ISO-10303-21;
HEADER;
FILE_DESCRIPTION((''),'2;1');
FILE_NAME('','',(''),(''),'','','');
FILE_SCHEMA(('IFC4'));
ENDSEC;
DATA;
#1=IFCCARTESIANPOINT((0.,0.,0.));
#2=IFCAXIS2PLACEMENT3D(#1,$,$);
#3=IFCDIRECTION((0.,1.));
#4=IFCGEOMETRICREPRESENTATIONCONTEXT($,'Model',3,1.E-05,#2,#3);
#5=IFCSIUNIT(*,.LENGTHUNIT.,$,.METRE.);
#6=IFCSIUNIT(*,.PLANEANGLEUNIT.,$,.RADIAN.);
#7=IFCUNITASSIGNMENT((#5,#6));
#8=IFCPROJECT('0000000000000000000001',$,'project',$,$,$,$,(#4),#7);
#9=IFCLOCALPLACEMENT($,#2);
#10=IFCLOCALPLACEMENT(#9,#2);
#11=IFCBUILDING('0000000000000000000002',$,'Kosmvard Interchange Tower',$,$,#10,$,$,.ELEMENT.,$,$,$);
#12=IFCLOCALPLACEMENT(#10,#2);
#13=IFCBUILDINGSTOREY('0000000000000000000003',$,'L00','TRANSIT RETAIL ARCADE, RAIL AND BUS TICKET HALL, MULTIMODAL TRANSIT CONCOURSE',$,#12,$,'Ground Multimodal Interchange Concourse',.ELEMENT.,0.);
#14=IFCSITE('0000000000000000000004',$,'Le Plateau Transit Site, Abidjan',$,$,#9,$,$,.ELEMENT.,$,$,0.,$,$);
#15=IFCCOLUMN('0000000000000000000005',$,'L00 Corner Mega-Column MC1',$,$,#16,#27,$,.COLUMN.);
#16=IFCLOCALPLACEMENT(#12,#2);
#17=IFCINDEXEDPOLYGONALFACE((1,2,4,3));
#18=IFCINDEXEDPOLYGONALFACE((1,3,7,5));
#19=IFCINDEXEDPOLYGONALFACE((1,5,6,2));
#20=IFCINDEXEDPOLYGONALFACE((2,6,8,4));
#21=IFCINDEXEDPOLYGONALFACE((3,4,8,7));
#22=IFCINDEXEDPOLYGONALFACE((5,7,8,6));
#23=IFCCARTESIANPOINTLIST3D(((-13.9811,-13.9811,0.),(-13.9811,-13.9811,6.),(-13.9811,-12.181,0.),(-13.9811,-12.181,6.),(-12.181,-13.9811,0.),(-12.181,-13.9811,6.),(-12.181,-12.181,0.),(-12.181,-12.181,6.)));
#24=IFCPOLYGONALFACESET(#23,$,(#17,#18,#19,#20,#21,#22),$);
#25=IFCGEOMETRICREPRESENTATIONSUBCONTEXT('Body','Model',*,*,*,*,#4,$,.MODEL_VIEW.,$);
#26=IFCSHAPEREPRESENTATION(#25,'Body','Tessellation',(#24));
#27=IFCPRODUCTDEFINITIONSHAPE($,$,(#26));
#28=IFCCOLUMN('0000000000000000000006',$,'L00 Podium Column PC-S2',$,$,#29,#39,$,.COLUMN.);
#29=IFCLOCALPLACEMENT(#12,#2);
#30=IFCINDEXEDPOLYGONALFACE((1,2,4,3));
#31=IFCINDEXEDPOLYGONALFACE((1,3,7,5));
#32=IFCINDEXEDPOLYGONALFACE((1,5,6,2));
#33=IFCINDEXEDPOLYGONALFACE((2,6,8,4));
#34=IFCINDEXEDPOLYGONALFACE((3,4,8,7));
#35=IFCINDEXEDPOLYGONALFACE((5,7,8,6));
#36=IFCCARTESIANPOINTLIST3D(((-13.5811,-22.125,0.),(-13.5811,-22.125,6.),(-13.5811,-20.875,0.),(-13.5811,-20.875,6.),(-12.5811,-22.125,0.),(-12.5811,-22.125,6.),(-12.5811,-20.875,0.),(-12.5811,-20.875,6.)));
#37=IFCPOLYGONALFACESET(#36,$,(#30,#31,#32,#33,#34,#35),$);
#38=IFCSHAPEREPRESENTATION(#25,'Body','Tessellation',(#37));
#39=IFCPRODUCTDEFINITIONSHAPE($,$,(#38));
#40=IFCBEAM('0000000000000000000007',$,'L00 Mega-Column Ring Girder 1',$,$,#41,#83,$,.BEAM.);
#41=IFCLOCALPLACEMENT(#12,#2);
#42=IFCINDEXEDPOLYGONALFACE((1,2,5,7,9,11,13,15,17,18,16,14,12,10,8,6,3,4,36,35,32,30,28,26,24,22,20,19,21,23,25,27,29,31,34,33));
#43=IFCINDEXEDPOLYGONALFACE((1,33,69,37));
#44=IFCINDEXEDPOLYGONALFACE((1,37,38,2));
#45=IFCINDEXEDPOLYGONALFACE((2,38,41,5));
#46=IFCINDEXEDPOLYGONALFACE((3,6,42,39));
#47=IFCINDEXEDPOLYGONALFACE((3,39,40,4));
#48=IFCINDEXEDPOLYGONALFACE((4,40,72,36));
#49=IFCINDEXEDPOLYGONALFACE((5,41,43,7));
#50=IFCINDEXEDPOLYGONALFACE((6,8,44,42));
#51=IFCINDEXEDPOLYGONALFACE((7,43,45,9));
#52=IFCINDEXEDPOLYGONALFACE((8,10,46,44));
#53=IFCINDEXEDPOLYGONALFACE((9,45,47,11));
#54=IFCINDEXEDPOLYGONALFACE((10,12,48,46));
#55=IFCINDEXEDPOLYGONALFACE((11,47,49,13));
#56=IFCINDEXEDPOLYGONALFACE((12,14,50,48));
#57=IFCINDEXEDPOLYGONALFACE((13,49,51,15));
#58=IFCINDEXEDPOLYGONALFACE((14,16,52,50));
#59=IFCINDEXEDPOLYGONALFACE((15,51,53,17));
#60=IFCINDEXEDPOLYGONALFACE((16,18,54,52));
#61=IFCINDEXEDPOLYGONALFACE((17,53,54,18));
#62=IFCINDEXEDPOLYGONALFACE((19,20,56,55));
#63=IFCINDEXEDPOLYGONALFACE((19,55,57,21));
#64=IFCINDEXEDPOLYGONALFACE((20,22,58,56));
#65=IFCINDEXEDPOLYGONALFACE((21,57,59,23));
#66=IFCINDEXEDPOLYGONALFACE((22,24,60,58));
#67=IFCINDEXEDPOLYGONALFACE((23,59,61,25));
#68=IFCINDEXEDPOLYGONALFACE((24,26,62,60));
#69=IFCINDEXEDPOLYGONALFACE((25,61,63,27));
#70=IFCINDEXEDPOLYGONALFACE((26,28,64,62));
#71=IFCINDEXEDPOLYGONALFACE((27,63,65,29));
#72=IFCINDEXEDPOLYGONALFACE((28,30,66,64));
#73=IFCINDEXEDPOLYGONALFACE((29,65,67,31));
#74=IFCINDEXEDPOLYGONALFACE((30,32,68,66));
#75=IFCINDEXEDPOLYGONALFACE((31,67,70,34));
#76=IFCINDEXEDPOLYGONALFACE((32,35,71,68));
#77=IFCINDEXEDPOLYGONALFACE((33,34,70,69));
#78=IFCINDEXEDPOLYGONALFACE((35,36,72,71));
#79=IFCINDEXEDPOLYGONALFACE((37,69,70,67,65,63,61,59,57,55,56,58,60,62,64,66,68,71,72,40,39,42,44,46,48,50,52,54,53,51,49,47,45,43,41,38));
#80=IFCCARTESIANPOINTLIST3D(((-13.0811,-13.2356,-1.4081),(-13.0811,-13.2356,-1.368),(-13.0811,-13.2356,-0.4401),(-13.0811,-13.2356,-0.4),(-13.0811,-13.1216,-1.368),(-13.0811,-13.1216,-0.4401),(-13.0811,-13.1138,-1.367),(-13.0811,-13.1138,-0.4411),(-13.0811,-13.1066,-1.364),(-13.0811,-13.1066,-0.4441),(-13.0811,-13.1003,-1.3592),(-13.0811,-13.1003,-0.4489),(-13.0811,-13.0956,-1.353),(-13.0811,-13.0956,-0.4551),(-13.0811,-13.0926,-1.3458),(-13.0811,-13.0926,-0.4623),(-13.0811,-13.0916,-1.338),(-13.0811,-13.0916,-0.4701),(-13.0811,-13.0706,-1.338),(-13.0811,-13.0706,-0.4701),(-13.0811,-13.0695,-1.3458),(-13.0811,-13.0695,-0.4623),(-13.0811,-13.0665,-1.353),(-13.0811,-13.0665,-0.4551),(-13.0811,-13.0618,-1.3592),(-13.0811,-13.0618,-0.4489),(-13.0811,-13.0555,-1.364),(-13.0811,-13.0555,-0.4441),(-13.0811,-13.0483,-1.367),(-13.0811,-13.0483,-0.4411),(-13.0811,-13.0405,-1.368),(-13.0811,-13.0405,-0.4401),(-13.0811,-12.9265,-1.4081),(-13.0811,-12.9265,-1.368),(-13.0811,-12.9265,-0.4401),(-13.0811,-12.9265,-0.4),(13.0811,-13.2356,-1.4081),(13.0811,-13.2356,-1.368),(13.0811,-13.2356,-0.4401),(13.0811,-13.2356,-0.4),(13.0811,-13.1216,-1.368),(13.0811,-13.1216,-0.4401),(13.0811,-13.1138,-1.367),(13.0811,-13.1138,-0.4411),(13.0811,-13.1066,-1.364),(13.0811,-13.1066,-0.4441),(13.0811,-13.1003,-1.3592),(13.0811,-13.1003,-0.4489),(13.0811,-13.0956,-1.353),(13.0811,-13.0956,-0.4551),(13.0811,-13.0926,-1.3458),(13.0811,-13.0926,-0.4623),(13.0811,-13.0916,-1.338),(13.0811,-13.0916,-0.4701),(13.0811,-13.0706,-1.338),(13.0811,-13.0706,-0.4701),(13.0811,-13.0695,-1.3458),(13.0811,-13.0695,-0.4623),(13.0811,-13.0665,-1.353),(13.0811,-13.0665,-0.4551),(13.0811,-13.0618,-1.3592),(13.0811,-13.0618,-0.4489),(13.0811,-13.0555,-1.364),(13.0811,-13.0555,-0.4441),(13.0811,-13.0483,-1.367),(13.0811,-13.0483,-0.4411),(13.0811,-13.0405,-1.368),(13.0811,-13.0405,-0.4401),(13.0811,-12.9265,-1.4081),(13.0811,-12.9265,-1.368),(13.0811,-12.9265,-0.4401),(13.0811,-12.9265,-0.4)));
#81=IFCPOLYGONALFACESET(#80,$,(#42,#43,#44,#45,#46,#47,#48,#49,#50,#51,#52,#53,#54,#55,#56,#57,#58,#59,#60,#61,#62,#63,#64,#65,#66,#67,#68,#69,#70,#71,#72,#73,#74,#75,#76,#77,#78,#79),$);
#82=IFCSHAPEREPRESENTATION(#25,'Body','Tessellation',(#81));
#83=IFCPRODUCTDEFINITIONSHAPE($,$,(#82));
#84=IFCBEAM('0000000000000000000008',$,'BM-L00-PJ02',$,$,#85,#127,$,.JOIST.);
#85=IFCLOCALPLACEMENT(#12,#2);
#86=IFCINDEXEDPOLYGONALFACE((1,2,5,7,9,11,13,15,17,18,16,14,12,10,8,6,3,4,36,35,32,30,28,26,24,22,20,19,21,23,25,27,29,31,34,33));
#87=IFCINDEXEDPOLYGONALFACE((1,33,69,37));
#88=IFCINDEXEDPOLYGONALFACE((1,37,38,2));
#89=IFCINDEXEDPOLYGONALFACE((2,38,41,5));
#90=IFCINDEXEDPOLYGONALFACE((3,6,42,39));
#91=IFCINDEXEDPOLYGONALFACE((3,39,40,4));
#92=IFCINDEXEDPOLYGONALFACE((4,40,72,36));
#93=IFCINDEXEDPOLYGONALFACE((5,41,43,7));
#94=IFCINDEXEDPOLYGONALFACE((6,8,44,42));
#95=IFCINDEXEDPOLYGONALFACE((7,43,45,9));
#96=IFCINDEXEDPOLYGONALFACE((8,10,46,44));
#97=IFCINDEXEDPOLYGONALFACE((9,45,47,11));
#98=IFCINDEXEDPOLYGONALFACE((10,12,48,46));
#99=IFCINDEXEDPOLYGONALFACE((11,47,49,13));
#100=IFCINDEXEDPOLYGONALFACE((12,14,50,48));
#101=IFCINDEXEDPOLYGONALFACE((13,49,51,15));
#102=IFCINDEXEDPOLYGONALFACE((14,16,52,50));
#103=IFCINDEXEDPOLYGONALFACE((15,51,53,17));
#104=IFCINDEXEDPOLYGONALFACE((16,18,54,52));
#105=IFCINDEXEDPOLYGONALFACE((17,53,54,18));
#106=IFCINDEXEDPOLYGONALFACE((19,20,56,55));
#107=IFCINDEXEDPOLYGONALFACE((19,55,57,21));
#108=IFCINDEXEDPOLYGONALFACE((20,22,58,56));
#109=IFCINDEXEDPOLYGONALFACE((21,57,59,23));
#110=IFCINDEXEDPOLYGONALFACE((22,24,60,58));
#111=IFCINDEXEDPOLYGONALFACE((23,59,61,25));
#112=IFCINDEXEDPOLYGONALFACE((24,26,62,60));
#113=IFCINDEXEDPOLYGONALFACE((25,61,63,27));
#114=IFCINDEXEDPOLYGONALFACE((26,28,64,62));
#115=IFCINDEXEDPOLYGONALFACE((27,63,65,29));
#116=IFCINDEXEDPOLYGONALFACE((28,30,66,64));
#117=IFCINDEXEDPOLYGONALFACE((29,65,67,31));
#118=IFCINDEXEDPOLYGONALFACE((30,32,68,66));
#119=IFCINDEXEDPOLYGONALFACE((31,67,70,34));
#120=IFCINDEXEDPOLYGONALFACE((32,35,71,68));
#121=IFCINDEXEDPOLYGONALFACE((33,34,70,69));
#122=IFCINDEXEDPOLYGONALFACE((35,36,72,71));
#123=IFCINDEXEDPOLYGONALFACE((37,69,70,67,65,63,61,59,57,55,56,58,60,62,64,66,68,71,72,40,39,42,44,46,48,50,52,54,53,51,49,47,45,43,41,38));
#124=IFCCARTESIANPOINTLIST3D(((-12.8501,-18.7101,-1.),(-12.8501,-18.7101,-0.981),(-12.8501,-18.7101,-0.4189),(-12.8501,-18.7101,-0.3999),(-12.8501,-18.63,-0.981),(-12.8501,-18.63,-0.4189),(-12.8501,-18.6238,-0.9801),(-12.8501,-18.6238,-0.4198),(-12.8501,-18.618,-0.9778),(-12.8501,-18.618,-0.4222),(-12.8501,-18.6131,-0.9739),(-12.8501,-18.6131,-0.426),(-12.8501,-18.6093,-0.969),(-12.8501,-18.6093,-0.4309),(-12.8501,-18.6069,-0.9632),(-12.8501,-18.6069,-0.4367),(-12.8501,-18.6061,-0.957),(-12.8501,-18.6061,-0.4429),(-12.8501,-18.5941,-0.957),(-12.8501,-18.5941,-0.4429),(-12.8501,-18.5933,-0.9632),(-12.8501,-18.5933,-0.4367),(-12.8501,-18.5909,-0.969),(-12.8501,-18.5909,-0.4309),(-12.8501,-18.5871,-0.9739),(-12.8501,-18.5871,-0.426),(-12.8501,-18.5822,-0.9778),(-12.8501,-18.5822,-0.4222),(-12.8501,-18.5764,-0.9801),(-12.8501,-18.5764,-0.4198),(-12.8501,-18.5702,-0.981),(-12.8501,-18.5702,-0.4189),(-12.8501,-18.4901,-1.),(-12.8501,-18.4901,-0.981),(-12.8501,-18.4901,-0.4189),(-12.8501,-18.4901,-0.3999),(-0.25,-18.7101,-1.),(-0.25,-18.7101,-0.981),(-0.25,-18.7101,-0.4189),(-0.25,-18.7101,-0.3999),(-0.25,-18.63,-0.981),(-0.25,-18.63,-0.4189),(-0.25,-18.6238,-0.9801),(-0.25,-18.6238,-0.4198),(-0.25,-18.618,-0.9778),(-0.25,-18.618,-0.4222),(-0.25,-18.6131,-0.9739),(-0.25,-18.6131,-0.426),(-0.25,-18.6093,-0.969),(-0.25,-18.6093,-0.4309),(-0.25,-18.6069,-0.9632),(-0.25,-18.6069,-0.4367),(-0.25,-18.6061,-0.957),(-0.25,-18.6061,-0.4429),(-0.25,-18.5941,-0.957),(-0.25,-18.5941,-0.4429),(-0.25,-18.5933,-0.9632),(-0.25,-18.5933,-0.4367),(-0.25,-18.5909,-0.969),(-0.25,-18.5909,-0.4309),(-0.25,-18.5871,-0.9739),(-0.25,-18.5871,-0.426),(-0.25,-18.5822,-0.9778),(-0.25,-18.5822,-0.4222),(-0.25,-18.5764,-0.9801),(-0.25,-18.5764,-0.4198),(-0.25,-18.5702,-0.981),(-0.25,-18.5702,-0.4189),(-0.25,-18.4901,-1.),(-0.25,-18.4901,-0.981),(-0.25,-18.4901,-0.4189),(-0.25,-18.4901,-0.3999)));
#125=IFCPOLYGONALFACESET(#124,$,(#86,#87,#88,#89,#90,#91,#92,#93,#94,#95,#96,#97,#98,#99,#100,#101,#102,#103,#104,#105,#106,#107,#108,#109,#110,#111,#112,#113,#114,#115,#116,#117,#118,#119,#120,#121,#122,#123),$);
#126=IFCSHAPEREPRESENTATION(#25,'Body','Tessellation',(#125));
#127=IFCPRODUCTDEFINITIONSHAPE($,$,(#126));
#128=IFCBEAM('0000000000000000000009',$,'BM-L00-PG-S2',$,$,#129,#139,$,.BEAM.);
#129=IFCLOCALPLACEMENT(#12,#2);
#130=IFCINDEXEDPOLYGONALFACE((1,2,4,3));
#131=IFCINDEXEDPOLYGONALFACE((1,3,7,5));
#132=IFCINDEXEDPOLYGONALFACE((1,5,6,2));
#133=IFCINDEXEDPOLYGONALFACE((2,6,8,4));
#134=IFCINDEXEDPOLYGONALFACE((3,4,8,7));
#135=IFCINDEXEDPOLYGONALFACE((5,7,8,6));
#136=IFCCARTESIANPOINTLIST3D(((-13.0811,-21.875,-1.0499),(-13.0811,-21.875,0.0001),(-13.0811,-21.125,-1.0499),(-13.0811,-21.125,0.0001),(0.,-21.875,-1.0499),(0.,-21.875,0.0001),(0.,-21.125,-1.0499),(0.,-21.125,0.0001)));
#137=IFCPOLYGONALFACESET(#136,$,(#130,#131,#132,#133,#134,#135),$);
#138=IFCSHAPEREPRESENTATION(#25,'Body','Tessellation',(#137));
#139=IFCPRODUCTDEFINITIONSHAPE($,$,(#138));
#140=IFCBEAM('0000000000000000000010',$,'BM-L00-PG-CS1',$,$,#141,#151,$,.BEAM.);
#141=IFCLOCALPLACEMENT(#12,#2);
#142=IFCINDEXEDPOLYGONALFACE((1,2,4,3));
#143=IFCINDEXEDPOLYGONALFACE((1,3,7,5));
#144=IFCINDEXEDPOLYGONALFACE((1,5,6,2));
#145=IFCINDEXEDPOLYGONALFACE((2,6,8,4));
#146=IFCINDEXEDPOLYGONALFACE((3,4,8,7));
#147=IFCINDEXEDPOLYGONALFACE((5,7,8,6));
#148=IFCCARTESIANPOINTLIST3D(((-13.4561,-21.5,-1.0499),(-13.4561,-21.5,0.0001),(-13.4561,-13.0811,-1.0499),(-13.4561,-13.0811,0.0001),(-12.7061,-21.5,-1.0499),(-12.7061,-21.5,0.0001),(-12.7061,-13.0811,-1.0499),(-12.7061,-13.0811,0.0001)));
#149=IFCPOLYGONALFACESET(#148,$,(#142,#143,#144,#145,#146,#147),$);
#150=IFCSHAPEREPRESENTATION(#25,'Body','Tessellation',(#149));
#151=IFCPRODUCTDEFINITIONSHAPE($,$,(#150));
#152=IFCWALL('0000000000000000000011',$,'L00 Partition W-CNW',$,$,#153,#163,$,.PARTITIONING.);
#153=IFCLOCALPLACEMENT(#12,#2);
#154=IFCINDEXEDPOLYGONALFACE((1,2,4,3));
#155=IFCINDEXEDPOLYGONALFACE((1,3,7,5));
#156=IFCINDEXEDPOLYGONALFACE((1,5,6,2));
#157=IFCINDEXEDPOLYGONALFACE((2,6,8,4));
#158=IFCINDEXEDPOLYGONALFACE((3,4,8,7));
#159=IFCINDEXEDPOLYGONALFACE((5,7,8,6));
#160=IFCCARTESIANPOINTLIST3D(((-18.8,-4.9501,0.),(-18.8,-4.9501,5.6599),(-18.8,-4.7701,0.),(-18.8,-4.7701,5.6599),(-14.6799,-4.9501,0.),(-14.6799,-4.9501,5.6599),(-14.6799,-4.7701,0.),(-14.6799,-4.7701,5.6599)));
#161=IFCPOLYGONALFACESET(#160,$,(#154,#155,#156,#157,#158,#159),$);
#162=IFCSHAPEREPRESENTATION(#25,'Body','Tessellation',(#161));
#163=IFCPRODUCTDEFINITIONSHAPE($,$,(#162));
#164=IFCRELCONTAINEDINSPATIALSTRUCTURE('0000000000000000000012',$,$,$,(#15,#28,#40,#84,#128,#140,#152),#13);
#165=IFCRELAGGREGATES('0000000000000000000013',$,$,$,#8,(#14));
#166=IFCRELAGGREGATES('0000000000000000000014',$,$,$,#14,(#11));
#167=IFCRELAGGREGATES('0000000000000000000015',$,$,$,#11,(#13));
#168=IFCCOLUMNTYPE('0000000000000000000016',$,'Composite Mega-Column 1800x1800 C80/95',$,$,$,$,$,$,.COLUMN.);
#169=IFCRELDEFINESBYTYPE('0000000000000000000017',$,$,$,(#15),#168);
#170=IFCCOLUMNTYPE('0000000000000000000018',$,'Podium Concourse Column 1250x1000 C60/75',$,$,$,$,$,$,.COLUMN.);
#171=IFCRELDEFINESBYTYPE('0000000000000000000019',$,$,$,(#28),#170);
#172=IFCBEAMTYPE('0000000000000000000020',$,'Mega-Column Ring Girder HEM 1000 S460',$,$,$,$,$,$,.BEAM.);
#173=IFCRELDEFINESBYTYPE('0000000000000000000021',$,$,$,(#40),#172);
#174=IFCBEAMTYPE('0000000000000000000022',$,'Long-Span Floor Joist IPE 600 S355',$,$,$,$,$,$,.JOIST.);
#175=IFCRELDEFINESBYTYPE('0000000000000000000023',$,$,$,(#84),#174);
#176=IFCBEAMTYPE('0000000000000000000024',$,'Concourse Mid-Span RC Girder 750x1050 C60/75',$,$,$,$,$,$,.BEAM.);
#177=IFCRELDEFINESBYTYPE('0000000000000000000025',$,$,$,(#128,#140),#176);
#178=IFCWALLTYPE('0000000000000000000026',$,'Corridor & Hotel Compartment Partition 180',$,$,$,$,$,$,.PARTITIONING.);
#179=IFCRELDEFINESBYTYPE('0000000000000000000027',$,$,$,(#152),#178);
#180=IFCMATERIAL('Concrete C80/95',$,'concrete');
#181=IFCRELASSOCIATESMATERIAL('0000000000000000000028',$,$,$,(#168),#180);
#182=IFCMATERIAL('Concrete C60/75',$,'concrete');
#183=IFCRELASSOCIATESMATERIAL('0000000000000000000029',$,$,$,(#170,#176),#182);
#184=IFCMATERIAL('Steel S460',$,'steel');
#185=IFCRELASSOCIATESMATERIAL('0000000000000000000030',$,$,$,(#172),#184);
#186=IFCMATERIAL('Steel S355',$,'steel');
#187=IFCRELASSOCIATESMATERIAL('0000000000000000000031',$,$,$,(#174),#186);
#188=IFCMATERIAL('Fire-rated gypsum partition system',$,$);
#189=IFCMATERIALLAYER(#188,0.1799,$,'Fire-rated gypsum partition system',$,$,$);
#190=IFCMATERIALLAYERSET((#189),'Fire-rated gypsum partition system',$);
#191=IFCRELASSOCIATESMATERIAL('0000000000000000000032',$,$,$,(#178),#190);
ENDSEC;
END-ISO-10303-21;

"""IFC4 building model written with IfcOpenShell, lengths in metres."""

from ifc_helpers import new_model, si_unit, direction, frame, frame_2d, origin, origin_2d, place, context, subcontext, project, spatial, rectangle, i_section, extrude, source, transform, mapped, material, layer, layer_set, material_profile, profile_set, type_object, element, save


model = new_model("IFC4")

# Units and contexts
model_context = context("Model", 3, precision=1e-05, world=origin(), true_north=direction((0.0, 1.0)))
body_context = subcontext(model_context, "Body", "Model", "MODEL_VIEW")
ifc_project = project(units=[si_unit("LENGTHUNIT", "METRE"), si_unit("PLANEANGLEUNIT", "RADIAN")], contexts=[model_context])

# Site, building, storey
site_placement = place(None, origin())
site = spatial("IfcSite", under=ifc_project, at=site_placement, Name="Le Plateau Transit Site, Abidjan", CompositionType="ELEMENT", RefElevation=0.0)
building_placement = place(site_placement, origin())
building = spatial("IfcBuilding", under=site, at=building_placement, Name="Kosmvard Interchange Tower", CompositionType="ELEMENT")
storey_placement = place(building_placement, origin())
storey = spatial("IfcBuildingStorey", under=building, at=storey_placement, Name="L00", Description="TRANSIT RETAIL ARCADE, RAIL AND BUS TICKET HALL, MULTIMODAL TRANSIT CONCOURSE", LongName="Ground Multimodal Interchange Concourse", CompositionType="ELEMENT", Elevation=0.0)

# Columns
ifc_material_1 = material(Name="Concrete C80/95", Category="concrete")
ifc_material_profile_1 = material_profile(ifc_material_1, rectangle(XDim=1.8, YDim=1.8, at=origin_2d()), Name="MC 1800x1800")
ifc_profile_set_1 = profile_set([ifc_material_profile_1], Name="Concrete C80/95")
column_type_1 = type_object("IfcColumnType", Name="Composite Mega-Column 1800x1800 C80/95", PredefinedType="COLUMN", material=ifc_profile_set_1)
shared_shape_1 = source(origin(), body_context, "Body", "SweptSolid", [
    extrude(rectangle(XDim=1.8, YDim=1.8, at=origin_2d()), origin(), (0.0, 0.0, 1.0), 6.0),
])
column_1_placement = place(storey_placement, frame((-13.0811, -13.0811, 0.0), z_axis=(0.0, 0.0, 1.0), x_axis=(1.0, 0.0, 0.0)))
element("IfcColumn", 1, at=column_1_placement, inside=storey, type_object=column_type_1, Name="L00 Corner Mega-Column MC1", PredefinedType="COLUMN", context=body_context, shape_type="MappedRepresentation", body=[
    mapped(shared_shape_1, transform((0.0, 0.0, 0.0), scale=1.0)),
])
ifc_material_2 = material(Name="Concrete C60/75", Category="concrete")
ifc_material_profile_2 = material_profile(ifc_material_2, rectangle(XDim=1.0, YDim=1.25, at=origin_2d()), Name="PC 1250x1000")
ifc_profile_set_2 = profile_set([ifc_material_profile_2], Name="Concrete C60/75")
column_type_2 = type_object("IfcColumnType", Name="Podium Concourse Column 1250x1000 C60/75", PredefinedType="COLUMN", material=ifc_profile_set_2)
shared_shape_2 = source(origin(), body_context, "Body", "SweptSolid", [
    extrude(rectangle(XDim=1.0, YDim=1.25, at=origin_2d()), origin(), (0.0, 0.0, 1.0), 6.0),
])
column_2_placement = place(storey_placement, frame((-13.0811, -21.5, 0.0), z_axis=(0.0, 0.0, 1.0), x_axis=(1.0, 0.0, 0.0)))
element("IfcColumn", 2, at=column_2_placement, inside=storey, type_object=column_type_2, Name="L00 Podium Column PC-S2", PredefinedType="COLUMN", context=body_context, shape_type="MappedRepresentation", body=[
    mapped(shared_shape_2, transform((0.0, 0.0, 0.0), scale=1.0)),
])

# Beams
ifc_material_3 = material(Name="Steel S460", Category="steel")
ifc_material_profile_3 = material_profile(ifc_material_3, i_section(OverallWidth=0.3091, OverallDepth=1.0081, WebThickness=0.021, FlangeThickness=0.04, FilletRadius=0.03, at=origin_2d()), Name="HEM 1000")
ifc_profile_set_3 = profile_set([ifc_material_profile_3], Name="Steel S460")
beam_type_1 = type_object("IfcBeamType", Name="Mega-Column Ring Girder HEM 1000 S460", PredefinedType="BEAM", material=ifc_profile_set_3)
shared_shape_3 = source(origin(), body_context, "Body", "SweptSolid", [
    extrude(i_section(OverallWidth=0.3091, OverallDepth=1.0081, WebThickness=0.021, FlangeThickness=0.04, FilletRadius=0.03, at=origin_2d()), origin(), (0.0, 0.0, 1.0), 26.1621),
])
beam_1_placement = place(storey_placement, frame((-13.0811, -13.0811, -0.9041), z_axis=(1.0, 0.0, 0.0), x_axis=(0.0, 1.0, 0.0)))
element("IfcBeam", 3, at=beam_1_placement, inside=storey, type_object=beam_type_1, Name="L00 Mega-Column Ring Girder 1", PredefinedType="BEAM", context=body_context, shape_type="MappedRepresentation", body=[
    mapped(shared_shape_3, transform((0.0, 0.0, 0.0), scale=1.0)),
])
ifc_material_4 = material(Name="Steel S355", Category="steel")
ifc_material_profile_4 = material_profile(ifc_material_4, i_section(OverallWidth=0.22, OverallDepth=0.6001, WebThickness=0.012, FlangeThickness=0.019, FilletRadius=0.0239, at=origin_2d()), Name="IPE 600")
ifc_profile_set_4 = profile_set([ifc_material_profile_4], Name="Steel S355")
beam_type_2 = type_object("IfcBeamType", Name="Long-Span Floor Joist IPE 600 S355", PredefinedType="JOIST", material=ifc_profile_set_4)
shared_shape_4 = source(origin(), body_context, "Body", "SweptSolid", [
    extrude(i_section(OverallWidth=0.22, OverallDepth=0.6001, WebThickness=0.012, FlangeThickness=0.019, FilletRadius=0.0239, at=origin_2d()), origin(), (0.0, 0.0, 1.0), 12.6001),
])
beam_2_placement = place(storey_placement, frame((-12.8501, -18.6001, -0.7), z_axis=(1.0, 0.0, 0.0), x_axis=(0.0, 1.0, 0.0)))
element("IfcBeam", 4, at=beam_2_placement, inside=storey, type_object=beam_type_2, Name="BM-L00-PJ02", PredefinedType="JOIST", context=body_context, shape_type="MappedRepresentation", body=[
    mapped(shared_shape_4, transform((0.0, 0.0, 0.0), scale=1.0)),
])
ifc_material_profile_5 = material_profile(ifc_material_2, rectangle(XDim=0.75, YDim=1.05, at=origin_2d()), Name="RCG 750x1050")
ifc_profile_set_5 = profile_set([ifc_material_profile_5], Name="Concrete C60/75")
beam_type_3 = type_object("IfcBeamType", Name="Concourse Mid-Span RC Girder 750x1050 C60/75", PredefinedType="BEAM", material=ifc_profile_set_5)
shared_shape_5 = source(origin(), body_context, "Body", "SweptSolid", [
    extrude(rectangle(XDim=0.75, YDim=1.05, at=origin_2d()), origin(), (0.0, 0.0, 1.0), 13.0811),
])
beam_3_placement = place(storey_placement, frame((-13.0811, -21.5, -0.5249), z_axis=(1.0, 0.0, 0.0), x_axis=(0.0, 1.0, 0.0)))
element("IfcBeam", 5, at=beam_3_placement, inside=storey, type_object=beam_type_3, Name="BM-L00-PG-S2", PredefinedType="BEAM", context=body_context, shape_type="MappedRepresentation", body=[
    mapped(shared_shape_5, transform((0.0, 0.0, 0.0), scale=1.0)),
])
shared_shape_6 = source(origin(), body_context, "Body", "SweptSolid", [
    extrude(rectangle(XDim=0.75, YDim=1.05, at=origin_2d()), origin(), (0.0, 0.0, 1.0), 8.4189),
])
beam_4_placement = place(storey_placement, frame((-13.0811, -21.5, -0.5249), z_axis=(0.0, 1.0, 0.0), x_axis=(-1.0, 0.0, 0.0)))
element("IfcBeam", 6, at=beam_4_placement, inside=storey, type_object=beam_type_3, Name="BM-L00-PG-CS1", PredefinedType="BEAM", context=body_context, shape_type="MappedRepresentation", body=[
    mapped(shared_shape_6, transform((0.0, 0.0, 0.0), scale=1.0)),
])

# Wall
ifc_material_5 = material(Name="Fire-rated gypsum partition system")
ifc_layer_1 = layer(ifc_material_5, 0.1799, Name="Fire-rated gypsum partition system")
ifc_layer_set_1 = layer_set([ifc_layer_1], Name="Fire-rated gypsum partition system")
wall_type_1 = type_object("IfcWallType", Name="Corridor & Hotel Compartment Partition 180", PredefinedType="PARTITIONING", material=ifc_layer_set_1)
wall_1_placement = place(storey_placement, frame((-18.8, -4.8601, 0.0), z_axis=(0.0, 0.0, 1.0), x_axis=(1.0, 0.0, 0.0)))
element("IfcWall", 7, at=wall_1_placement, inside=storey, type_object=wall_type_1, Name="L00 Partition W-CNW", PredefinedType="PARTITIONING", context=body_context, shape_type="SweptSolid", body=[
    extrude(rectangle(XDim=4.1201, YDim=0.1799, at=frame_2d((2.0601, 0.0))), origin(), (0.0, 0.0, 1.0), 5.6599),
])

save(model, "model.ifc")
